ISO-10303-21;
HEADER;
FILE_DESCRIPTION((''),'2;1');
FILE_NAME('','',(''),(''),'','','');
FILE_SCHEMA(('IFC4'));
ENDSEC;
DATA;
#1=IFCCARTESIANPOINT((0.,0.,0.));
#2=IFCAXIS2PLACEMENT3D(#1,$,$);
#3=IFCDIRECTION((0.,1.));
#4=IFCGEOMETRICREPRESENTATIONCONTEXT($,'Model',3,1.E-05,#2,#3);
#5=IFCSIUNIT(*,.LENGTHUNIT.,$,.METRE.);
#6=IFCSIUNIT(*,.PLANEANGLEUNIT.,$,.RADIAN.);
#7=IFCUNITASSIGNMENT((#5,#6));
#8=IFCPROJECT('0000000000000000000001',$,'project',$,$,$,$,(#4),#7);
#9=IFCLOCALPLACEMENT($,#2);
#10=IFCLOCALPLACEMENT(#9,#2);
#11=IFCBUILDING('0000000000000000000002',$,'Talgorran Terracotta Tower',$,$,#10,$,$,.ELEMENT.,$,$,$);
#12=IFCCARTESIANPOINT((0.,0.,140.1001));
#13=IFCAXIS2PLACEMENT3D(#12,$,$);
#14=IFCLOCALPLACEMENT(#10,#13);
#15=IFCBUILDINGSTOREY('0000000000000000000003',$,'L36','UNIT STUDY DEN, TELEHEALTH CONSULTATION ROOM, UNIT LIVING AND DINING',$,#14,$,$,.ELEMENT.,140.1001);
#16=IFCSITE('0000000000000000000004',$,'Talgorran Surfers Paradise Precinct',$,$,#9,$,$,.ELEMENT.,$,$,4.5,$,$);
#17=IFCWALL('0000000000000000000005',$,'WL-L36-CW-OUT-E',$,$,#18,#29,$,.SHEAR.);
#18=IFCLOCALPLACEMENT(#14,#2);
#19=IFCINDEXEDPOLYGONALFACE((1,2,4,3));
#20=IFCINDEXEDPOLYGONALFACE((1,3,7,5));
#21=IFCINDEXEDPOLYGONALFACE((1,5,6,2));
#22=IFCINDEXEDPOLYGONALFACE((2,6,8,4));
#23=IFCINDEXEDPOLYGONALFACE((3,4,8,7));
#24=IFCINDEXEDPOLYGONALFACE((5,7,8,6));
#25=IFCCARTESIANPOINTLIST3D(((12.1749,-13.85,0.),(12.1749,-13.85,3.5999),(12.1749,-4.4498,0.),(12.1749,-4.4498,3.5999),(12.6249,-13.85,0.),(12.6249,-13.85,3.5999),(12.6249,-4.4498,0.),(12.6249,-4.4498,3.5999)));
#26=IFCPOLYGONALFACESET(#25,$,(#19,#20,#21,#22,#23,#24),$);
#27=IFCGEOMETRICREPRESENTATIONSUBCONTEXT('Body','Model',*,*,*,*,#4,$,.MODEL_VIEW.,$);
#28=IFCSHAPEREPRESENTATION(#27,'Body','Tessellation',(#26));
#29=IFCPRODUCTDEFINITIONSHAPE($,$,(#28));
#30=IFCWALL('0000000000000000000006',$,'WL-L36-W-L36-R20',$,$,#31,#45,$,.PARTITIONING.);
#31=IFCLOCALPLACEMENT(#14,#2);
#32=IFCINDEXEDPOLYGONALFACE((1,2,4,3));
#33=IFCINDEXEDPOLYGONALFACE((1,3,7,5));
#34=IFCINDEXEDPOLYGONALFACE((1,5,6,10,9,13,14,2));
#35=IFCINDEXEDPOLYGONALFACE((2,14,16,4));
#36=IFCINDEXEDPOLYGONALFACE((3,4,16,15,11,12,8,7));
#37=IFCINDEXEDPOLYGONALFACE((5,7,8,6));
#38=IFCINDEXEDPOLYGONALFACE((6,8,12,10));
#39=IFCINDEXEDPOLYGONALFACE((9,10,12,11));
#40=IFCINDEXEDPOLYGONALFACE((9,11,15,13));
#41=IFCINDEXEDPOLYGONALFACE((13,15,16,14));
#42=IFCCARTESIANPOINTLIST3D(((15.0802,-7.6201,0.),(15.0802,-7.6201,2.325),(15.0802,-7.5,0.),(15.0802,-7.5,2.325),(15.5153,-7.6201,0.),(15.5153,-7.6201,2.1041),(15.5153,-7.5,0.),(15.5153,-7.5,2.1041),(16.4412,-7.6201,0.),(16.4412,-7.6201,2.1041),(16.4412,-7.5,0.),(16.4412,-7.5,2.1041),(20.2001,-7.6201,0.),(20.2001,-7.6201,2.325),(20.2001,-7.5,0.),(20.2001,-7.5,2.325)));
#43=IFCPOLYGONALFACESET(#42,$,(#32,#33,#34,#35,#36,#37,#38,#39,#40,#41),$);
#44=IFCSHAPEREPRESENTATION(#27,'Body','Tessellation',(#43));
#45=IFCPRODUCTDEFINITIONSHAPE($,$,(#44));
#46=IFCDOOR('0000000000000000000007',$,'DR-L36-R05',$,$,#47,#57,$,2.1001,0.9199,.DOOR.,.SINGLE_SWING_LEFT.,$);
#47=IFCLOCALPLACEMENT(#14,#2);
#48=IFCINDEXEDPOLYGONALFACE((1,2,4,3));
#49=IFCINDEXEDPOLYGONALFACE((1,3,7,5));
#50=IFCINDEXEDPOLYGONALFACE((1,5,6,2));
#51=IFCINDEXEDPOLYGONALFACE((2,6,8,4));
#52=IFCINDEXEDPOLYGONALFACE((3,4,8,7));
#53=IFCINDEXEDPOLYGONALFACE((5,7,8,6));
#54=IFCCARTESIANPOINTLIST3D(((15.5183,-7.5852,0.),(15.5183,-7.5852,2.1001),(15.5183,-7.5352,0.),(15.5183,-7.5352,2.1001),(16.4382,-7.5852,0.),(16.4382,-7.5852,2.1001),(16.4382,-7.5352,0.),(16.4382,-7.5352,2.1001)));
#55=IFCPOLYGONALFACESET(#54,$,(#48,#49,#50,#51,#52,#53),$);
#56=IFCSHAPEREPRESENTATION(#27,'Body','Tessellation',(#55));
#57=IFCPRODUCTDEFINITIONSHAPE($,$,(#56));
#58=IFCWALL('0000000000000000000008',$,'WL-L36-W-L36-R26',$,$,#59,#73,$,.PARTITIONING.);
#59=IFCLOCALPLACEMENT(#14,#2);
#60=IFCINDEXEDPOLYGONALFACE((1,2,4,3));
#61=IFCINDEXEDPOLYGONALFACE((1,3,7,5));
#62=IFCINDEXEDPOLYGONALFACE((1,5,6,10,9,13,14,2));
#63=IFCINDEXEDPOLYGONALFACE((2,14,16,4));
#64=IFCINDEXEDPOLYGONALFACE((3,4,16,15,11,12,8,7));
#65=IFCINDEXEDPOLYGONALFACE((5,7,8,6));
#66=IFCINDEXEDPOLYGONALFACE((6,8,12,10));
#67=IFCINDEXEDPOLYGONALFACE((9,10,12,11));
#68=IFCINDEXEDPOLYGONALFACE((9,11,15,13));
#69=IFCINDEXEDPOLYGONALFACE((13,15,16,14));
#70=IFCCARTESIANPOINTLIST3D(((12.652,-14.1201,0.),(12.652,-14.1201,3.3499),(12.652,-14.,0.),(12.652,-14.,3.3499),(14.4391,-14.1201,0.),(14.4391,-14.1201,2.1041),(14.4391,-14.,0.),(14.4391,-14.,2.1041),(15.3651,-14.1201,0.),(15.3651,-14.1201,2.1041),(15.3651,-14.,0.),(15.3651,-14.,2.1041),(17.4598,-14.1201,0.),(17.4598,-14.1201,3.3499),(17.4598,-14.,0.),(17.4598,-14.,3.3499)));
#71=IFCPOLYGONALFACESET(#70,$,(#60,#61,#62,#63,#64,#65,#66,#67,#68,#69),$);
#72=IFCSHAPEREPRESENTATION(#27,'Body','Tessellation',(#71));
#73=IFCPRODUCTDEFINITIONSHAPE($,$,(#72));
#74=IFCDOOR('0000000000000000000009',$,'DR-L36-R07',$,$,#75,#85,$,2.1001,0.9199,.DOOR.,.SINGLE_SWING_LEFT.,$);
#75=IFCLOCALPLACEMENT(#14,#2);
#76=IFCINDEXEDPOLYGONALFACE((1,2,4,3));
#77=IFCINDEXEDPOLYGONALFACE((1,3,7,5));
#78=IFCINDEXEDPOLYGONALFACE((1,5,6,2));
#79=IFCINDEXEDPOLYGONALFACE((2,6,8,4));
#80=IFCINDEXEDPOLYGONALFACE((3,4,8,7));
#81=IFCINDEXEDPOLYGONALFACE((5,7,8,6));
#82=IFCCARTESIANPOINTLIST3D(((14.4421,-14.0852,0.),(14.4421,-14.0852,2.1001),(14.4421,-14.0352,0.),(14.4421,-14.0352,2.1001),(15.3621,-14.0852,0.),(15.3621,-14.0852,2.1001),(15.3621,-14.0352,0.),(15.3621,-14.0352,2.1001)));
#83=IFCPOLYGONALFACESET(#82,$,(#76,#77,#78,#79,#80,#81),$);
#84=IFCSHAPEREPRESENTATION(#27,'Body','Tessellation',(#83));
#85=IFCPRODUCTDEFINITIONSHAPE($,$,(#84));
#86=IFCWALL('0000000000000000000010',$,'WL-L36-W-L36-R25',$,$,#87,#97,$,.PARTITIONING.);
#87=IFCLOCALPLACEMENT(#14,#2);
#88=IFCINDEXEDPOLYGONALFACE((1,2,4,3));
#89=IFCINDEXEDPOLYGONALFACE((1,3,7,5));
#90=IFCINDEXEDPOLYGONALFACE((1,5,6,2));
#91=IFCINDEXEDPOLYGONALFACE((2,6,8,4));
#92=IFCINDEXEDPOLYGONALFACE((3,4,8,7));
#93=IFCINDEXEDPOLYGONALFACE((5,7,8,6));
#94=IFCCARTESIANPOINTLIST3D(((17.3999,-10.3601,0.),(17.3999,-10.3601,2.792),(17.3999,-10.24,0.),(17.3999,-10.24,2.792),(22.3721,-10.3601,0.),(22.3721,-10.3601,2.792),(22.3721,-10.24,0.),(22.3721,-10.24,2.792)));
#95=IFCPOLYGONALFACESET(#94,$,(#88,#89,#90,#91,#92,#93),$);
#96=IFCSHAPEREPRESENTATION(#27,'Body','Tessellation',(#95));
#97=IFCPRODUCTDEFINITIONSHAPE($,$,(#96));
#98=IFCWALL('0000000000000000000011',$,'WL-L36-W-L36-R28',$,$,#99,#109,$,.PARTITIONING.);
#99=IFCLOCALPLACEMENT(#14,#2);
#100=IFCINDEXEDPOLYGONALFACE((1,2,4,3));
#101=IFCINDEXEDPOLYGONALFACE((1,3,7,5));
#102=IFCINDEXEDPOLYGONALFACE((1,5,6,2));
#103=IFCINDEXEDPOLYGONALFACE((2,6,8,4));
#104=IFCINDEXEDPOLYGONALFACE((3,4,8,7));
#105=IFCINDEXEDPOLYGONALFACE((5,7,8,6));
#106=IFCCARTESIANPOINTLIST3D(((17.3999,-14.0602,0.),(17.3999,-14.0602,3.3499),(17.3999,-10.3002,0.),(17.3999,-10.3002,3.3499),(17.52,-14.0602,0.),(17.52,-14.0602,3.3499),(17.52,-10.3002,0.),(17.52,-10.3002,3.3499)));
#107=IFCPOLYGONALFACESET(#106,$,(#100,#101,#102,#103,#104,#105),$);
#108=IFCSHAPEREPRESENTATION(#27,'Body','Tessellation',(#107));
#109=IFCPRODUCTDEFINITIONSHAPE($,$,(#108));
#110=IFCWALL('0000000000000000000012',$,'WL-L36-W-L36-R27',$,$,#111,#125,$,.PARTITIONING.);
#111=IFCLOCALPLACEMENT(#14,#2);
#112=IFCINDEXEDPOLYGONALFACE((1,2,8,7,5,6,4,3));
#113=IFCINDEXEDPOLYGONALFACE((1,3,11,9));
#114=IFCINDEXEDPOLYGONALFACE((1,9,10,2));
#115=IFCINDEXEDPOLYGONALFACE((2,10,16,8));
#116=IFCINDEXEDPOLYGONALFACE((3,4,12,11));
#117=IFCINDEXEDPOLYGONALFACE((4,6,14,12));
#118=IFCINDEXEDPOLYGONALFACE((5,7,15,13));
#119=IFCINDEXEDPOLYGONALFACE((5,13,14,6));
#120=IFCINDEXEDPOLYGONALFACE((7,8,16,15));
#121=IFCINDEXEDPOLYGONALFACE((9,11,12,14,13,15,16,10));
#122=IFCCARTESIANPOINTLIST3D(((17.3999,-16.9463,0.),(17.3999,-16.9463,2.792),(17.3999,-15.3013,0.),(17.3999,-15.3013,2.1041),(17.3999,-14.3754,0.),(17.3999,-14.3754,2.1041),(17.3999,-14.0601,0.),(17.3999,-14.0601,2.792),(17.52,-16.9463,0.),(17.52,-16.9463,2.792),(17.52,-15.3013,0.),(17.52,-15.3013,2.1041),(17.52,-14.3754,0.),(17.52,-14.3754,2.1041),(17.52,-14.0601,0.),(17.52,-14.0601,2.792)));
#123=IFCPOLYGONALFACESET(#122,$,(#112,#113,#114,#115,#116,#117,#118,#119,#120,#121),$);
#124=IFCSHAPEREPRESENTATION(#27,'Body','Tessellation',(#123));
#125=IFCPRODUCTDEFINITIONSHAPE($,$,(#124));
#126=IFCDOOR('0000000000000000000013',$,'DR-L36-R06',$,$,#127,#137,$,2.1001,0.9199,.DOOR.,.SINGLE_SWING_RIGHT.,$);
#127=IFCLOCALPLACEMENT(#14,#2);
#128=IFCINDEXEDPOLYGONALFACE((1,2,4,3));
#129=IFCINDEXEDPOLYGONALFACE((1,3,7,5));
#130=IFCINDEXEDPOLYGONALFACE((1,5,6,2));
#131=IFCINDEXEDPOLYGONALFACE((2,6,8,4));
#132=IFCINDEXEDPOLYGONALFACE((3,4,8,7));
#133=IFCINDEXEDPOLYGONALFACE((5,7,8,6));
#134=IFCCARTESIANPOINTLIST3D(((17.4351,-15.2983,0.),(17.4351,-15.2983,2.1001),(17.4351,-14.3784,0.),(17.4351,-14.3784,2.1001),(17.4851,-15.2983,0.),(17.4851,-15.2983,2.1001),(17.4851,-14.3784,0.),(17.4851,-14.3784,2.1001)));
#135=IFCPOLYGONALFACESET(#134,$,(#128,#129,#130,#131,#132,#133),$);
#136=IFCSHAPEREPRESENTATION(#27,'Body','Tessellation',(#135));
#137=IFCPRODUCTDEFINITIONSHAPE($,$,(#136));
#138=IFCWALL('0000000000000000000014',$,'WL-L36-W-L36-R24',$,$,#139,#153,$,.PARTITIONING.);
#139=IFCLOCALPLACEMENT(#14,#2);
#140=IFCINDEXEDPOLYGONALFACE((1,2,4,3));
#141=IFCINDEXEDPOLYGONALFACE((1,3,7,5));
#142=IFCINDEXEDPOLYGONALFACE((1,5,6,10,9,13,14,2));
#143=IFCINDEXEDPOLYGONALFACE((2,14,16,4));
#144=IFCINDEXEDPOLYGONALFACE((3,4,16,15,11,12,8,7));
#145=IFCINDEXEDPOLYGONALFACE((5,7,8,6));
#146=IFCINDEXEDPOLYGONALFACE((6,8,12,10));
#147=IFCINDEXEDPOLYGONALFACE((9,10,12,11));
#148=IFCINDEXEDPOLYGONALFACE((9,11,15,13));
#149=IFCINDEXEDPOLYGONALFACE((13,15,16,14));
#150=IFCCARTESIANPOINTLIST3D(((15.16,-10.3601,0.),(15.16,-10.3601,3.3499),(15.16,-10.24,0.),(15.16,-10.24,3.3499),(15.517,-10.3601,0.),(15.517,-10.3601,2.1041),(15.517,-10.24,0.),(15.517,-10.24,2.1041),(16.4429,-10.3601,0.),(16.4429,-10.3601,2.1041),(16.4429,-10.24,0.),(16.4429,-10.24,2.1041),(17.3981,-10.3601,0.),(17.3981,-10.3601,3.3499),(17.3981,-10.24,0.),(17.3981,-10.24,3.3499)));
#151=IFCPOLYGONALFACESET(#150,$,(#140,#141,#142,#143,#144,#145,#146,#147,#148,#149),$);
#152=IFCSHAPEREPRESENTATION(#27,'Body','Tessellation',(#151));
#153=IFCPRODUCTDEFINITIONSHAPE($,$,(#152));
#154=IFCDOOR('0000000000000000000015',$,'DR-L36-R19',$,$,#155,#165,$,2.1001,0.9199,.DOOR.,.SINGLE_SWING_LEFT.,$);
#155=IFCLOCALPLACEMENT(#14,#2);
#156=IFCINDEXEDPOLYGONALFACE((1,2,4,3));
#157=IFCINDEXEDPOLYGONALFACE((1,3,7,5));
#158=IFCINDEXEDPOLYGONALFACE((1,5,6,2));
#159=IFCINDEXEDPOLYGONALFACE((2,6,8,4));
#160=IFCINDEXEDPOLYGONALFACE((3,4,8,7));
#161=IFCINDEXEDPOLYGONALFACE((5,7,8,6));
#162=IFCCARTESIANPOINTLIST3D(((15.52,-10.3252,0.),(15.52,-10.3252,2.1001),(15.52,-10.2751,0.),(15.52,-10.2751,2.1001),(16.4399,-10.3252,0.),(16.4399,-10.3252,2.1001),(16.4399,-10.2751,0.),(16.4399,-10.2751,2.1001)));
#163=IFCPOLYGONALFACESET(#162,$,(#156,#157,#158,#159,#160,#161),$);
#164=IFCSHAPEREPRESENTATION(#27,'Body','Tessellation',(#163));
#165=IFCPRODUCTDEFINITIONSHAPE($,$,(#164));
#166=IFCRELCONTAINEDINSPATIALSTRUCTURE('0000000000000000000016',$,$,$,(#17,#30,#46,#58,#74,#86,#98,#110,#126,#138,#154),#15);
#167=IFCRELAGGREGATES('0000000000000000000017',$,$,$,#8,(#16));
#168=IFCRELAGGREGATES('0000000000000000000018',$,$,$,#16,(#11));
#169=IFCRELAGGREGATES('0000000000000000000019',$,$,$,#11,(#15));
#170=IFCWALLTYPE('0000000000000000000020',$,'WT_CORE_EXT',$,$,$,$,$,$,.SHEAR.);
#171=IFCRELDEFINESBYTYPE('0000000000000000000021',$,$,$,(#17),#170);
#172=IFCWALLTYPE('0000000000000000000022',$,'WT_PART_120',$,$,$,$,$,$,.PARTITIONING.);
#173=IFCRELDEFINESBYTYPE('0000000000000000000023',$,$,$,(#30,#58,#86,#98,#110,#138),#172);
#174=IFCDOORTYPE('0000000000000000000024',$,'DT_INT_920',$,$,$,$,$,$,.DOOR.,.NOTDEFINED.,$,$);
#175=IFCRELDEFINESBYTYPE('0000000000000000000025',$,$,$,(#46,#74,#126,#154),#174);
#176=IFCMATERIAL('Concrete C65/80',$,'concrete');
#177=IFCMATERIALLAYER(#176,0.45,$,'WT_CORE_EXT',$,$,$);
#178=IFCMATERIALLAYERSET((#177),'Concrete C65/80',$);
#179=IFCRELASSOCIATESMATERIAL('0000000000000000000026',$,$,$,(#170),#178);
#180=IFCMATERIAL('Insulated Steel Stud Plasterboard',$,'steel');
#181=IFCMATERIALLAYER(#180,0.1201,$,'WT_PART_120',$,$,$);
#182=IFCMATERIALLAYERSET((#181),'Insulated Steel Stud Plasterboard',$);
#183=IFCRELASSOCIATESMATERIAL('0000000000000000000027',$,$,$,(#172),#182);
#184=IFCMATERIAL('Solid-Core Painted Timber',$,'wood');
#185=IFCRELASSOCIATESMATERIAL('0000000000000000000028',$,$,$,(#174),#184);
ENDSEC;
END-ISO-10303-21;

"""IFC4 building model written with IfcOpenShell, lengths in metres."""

from ifc_helpers import new_model, si_unit, direction, frame, frame_2d, origin, place, context, subcontext, project, spatial, rectangle, extrude, material, layer, layer_set, type_object, element, fill, save


model = new_model("IFC4")

# Units and contexts
model_context = context("Model", 3, precision=1e-05, world=origin(), true_north=direction((0.0, 1.0)))
body_context = subcontext(model_context, "Body", "Model", "MODEL_VIEW")
ifc_project = project(units=[si_unit("LENGTHUNIT", "METRE"), si_unit("PLANEANGLEUNIT", "RADIAN")], contexts=[model_context])

# Site, building, storey
site_placement = place(None, origin())
site = spatial("IfcSite", under=ifc_project, at=site_placement, Name="Talgorran Surfers Paradise Precinct", CompositionType="ELEMENT", RefElevation=4.5)
building_placement = place(site_placement, origin())
building = spatial("IfcBuilding", under=site, at=building_placement, Name="Talgorran Terracotta Tower", CompositionType="ELEMENT")
storey_placement = place(building_placement, frame((0.0, 0.0, 140.1001)))
storey = spatial("IfcBuildingStorey", under=building, at=storey_placement, Name="L36", Description="UNIT STUDY DEN, TELEHEALTH CONSULTATION ROOM, UNIT LIVING AND DINING", CompositionType="ELEMENT", Elevation=140.1001)

# Wall
ifc_material_1 = material(Name="Concrete C65/80", Category="concrete")
ifc_layer_1 = layer(ifc_material_1, 0.45, Name="WT_CORE_EXT")
ifc_layer_set_1 = layer_set([ifc_layer_1], Name="Concrete C65/80")
wall_type_1 = type_object("IfcWallType", Name="WT_CORE_EXT", PredefinedType="SHEAR", material=ifc_layer_set_1)
wall_1_placement = place(storey_placement, frame((12.3999, -13.8501, 0.0), z_axis=(0.0, 0.0, 1.0), x_axis=(0.0, 1.0, 0.0)))
element("IfcWall", 1, at=wall_1_placement, inside=storey, type_object=wall_type_1, Name="WL-L36-CW-OUT-E", PredefinedType="SHEAR", context=body_context, shape_type="SweptSolid", body=[
    extrude(rectangle(XDim=9.4001, YDim=0.45, at=frame_2d((4.7002, 0.0))), origin(), (0.0, 0.0, 1.0), 3.5999),
])

# Walls, openings, doors
ifc_material_2 = material(Name="Insulated Steel Stud Plasterboard", Category="steel")
ifc_layer_2 = layer(ifc_material_2, 0.1201, Name="WT_PART_120")
ifc_layer_set_2 = layer_set([ifc_layer_2], Name="Insulated Steel Stud Plasterboard")
wall_type_2 = type_object("IfcWallType", Name="WT_PART_120", PredefinedType="PARTITIONING", material=ifc_layer_set_2)
wall_2_placement = place(storey_placement, frame((15.0801, -7.5601, 0.0), z_axis=(0.0, 0.0, 1.0), x_axis=(1.0, 0.0, 0.0)))
wall_2 = element("IfcWall", 2, at=wall_2_placement, inside=storey, type_object=wall_type_2, Name="WL-L36-W-L36-R20", PredefinedType="PARTITIONING", context=body_context, shape_type="SweptSolid", body=[
    extrude(rectangle(XDim=5.1199, YDim=0.1201, at=frame_2d((2.5601, 0.0))), origin(), (0.0, 0.0, 1.0), 2.325),
])
opening_1_placement = place(wall_2_placement, frame((0.4382, 0.0, 0.0)))
opening_1 = element("IfcOpeningElement", 3, at=opening_1_placement, cuts=wall_2, PredefinedType="OPENING", context=body_context, shape_type="SweptSolid", body=[
    extrude(rectangle(XDim=0.9259, YDim=2.1041, at=frame_2d((0.46, 1.052))), frame((0.0, 0.0701, 0.0), z_axis=(0.0, -1.0, 0.0), x_axis=(1.0, 0.0, 0.0)), (0.0, 0.0, 1.0), 0.1401),
])
ifc_material_3 = material(Name="Solid-Core Painted Timber", Category="wood")
door_type_1 = type_object("IfcDoorType", Name="DT_INT_920", OperationType="NOTDEFINED", PredefinedType="DOOR", material=ifc_material_3)
door_1_placement = place(opening_1_placement, origin())
door_1 = element("IfcDoor", 4, at=door_1_placement, inside=storey, type_object=door_type_1, Name="DR-L36-R05", OperationType="SINGLE_SWING_LEFT", OverallHeight=2.1001, OverallWidth=0.9199, PredefinedType="DOOR", context=body_context, shape_type="SweptSolid", body=[
    extrude(rectangle(XDim=0.9199, YDim=2.1001, at=frame_2d((0.46, 1.05))), frame((0.0, 0.0249, 0.0), z_axis=(0.0, -1.0, 0.0), x_axis=(1.0, 0.0, 0.0)), (0.0, 0.0, 1.0), 0.05),
])
fill(opening_1, door_1)
wall_3_placement = place(storey_placement, frame((12.6521, -14.0601, 0.0), z_axis=(0.0, 0.0, 1.0), x_axis=(1.0, 0.0, 0.0)))
wall_3 = element("IfcWall", 5, at=wall_3_placement, inside=storey, type_object=wall_type_2, Name="WL-L36-W-L36-R26", PredefinedType="PARTITIONING", context=body_context, shape_type="SweptSolid", body=[
    extrude(rectangle(XDim=4.8079, YDim=0.1201, at=frame_2d((2.4038, 0.0))), origin(), (0.0, 0.0, 1.0), 3.3499),
])
opening_2_placement = place(wall_3_placement, frame((1.79, 0.0, 0.0)))
opening_2 = element("IfcOpeningElement", 6, at=opening_2_placement, cuts=wall_3, PredefinedType="OPENING", context=body_context, shape_type="SweptSolid", body=[
    extrude(rectangle(XDim=0.9259, YDim=2.1041, at=frame_2d((0.46, 1.052))), frame((0.0, 0.0701, 0.0), z_axis=(0.0, -1.0, 0.0), x_axis=(1.0, 0.0, 0.0)), (0.0, 0.0, 1.0), 0.1401),
])
door_2_placement = place(opening_2_placement, origin())
door_2 = element("IfcDoor", 7, at=door_2_placement, inside=storey, type_object=door_type_1, Name="DR-L36-R07", OperationType="SINGLE_SWING_LEFT", OverallHeight=2.1001, OverallWidth=0.9199, PredefinedType="DOOR", context=body_context, shape_type="SweptSolid", body=[
    extrude(rectangle(XDim=0.9199, YDim=2.1001, at=frame_2d((0.46, 1.05))), frame((0.0, 0.0249, 0.0), z_axis=(0.0, -1.0, 0.0), x_axis=(1.0, 0.0, 0.0)), (0.0, 0.0, 1.0), 0.05),
])
fill(opening_2, door_2)

# Walls
wall_4_placement = place(storey_placement, frame((17.3999, -10.3, 0.0), z_axis=(0.0, 0.0, 1.0), x_axis=(1.0, 0.0, 0.0)))
element("IfcWall", 8, at=wall_4_placement, inside=storey, type_object=wall_type_2, Name="WL-L36-W-L36-R25", PredefinedType="PARTITIONING", context=body_context, shape_type="SweptSolid", body=[
    extrude(rectangle(XDim=4.9722, YDim=0.1201, at=frame_2d((2.4861, 0.0))), origin(), (0.0, 0.0, 1.0), 2.792),
])
wall_5_placement = place(storey_placement, frame((17.46, -14.0601, 0.0), z_axis=(0.0, 0.0, 1.0), x_axis=(0.0, 1.0, 0.0)))
element("IfcWall", 9, at=wall_5_placement, inside=storey, type_object=wall_type_2, Name="WL-L36-W-L36-R28", PredefinedType="PARTITIONING", context=body_context, shape_type="SweptSolid", body=[
    extrude(rectangle(XDim=3.76, YDim=0.1201, at=frame_2d((1.8799, 0.0))), origin(), (0.0, 0.0, 1.0), 3.3499),
])

# Walls, openings, doors
wall_6_placement = place(storey_placement, frame((17.46, -16.9463, 0.0), z_axis=(0.0, 0.0, 1.0), x_axis=(0.0, 1.0, 0.0)))
wall_6 = element("IfcWall", 10, at=wall_6_placement, inside=storey, type_object=wall_type_2, Name="WL-L36-W-L36-R27", PredefinedType="PARTITIONING", context=body_context, shape_type="SweptSolid", body=[
    extrude(rectangle(XDim=2.8862, YDim=0.1201, at=frame_2d((1.4431, 0.0))), origin(), (0.0, 0.0, 1.0), 2.792),
])
opening_3_placement = place(wall_6_placement, frame((1.6479, 0.0, 0.0)))
opening_3 = element("IfcOpeningElement", 11, at=opening_3_placement, cuts=wall_6, PredefinedType="OPENING", context=body_context, shape_type="SweptSolid", body=[
    extrude(rectangle(XDim=0.9259, YDim=2.1041, at=frame_2d((0.46, 1.052))), frame((0.0, 0.0701, 0.0), z_axis=(0.0, -1.0, 0.0), x_axis=(1.0, 0.0, 0.0)), (0.0, 0.0, 1.0), 0.1401),
])
door_3_placement = place(opening_3_placement, origin())
door_3 = element("IfcDoor", 12, at=door_3_placement, inside=storey, type_object=door_type_1, Name="DR-L36-R06", OperationType="SINGLE_SWING_RIGHT", OverallHeight=2.1001, OverallWidth=0.9199, PredefinedType="DOOR", context=body_context, shape_type="SweptSolid", body=[
    extrude(rectangle(XDim=0.9199, YDim=2.1001, at=frame_2d((0.46, 1.05))), frame((0.0, 0.0249, 0.0), z_axis=(0.0, -1.0, 0.0), x_axis=(1.0, 0.0, 0.0)), (0.0, 0.0, 1.0), 0.05),
])
fill(opening_3, door_3)
wall_7_placement = place(storey_placement, frame((15.1599, -10.3, 0.0), z_axis=(0.0, 0.0, 1.0), x_axis=(1.0, 0.0, 0.0)))
wall_7 = element("IfcWall", 13, at=wall_7_placement, inside=storey, type_object=wall_type_2, Name="WL-L36-W-L36-R24", PredefinedType="PARTITIONING", context=body_context, shape_type="SweptSolid", body=[
    extrude(rectangle(XDim=2.238, YDim=0.1201, at=frame_2d((1.1191, 0.0))), origin(), (0.0, 0.0, 1.0), 3.3499),
])
opening_4_placement = place(wall_7_placement, frame((0.3601, 0.0, 0.0)))
opening_4 = element("IfcOpeningElement", 14, at=opening_4_placement, cuts=wall_7, PredefinedType="OPENING", context=body_context, shape_type="SweptSolid", body=[
    extrude(rectangle(XDim=0.9259, YDim=2.1041, at=frame_2d((0.46, 1.052))), frame((0.0, 0.0701, 0.0), z_axis=(0.0, -1.0, 0.0), x_axis=(1.0, 0.0, 0.0)), (0.0, 0.0, 1.0), 0.1401),
])
door_4_placement = place(opening_4_placement, origin())
door_4 = element("IfcDoor", 15, at=door_4_placement, inside=storey, type_object=door_type_1, Name="DR-L36-R19", OperationType="SINGLE_SWING_LEFT", OverallHeight=2.1001, OverallWidth=0.9199, PredefinedType="DOOR", context=body_context, shape_type="SweptSolid", body=[
    extrude(rectangle(XDim=0.9199, YDim=2.1001, at=frame_2d((0.46, 1.05))), frame((0.0, 0.0249, 0.0), z_axis=(0.0, -1.0, 0.0), x_axis=(1.0, 0.0, 0.0)), (0.0, 0.0, 1.0), 0.05),
])
fill(opening_4, door_4)

save(model, "model.ifc")
